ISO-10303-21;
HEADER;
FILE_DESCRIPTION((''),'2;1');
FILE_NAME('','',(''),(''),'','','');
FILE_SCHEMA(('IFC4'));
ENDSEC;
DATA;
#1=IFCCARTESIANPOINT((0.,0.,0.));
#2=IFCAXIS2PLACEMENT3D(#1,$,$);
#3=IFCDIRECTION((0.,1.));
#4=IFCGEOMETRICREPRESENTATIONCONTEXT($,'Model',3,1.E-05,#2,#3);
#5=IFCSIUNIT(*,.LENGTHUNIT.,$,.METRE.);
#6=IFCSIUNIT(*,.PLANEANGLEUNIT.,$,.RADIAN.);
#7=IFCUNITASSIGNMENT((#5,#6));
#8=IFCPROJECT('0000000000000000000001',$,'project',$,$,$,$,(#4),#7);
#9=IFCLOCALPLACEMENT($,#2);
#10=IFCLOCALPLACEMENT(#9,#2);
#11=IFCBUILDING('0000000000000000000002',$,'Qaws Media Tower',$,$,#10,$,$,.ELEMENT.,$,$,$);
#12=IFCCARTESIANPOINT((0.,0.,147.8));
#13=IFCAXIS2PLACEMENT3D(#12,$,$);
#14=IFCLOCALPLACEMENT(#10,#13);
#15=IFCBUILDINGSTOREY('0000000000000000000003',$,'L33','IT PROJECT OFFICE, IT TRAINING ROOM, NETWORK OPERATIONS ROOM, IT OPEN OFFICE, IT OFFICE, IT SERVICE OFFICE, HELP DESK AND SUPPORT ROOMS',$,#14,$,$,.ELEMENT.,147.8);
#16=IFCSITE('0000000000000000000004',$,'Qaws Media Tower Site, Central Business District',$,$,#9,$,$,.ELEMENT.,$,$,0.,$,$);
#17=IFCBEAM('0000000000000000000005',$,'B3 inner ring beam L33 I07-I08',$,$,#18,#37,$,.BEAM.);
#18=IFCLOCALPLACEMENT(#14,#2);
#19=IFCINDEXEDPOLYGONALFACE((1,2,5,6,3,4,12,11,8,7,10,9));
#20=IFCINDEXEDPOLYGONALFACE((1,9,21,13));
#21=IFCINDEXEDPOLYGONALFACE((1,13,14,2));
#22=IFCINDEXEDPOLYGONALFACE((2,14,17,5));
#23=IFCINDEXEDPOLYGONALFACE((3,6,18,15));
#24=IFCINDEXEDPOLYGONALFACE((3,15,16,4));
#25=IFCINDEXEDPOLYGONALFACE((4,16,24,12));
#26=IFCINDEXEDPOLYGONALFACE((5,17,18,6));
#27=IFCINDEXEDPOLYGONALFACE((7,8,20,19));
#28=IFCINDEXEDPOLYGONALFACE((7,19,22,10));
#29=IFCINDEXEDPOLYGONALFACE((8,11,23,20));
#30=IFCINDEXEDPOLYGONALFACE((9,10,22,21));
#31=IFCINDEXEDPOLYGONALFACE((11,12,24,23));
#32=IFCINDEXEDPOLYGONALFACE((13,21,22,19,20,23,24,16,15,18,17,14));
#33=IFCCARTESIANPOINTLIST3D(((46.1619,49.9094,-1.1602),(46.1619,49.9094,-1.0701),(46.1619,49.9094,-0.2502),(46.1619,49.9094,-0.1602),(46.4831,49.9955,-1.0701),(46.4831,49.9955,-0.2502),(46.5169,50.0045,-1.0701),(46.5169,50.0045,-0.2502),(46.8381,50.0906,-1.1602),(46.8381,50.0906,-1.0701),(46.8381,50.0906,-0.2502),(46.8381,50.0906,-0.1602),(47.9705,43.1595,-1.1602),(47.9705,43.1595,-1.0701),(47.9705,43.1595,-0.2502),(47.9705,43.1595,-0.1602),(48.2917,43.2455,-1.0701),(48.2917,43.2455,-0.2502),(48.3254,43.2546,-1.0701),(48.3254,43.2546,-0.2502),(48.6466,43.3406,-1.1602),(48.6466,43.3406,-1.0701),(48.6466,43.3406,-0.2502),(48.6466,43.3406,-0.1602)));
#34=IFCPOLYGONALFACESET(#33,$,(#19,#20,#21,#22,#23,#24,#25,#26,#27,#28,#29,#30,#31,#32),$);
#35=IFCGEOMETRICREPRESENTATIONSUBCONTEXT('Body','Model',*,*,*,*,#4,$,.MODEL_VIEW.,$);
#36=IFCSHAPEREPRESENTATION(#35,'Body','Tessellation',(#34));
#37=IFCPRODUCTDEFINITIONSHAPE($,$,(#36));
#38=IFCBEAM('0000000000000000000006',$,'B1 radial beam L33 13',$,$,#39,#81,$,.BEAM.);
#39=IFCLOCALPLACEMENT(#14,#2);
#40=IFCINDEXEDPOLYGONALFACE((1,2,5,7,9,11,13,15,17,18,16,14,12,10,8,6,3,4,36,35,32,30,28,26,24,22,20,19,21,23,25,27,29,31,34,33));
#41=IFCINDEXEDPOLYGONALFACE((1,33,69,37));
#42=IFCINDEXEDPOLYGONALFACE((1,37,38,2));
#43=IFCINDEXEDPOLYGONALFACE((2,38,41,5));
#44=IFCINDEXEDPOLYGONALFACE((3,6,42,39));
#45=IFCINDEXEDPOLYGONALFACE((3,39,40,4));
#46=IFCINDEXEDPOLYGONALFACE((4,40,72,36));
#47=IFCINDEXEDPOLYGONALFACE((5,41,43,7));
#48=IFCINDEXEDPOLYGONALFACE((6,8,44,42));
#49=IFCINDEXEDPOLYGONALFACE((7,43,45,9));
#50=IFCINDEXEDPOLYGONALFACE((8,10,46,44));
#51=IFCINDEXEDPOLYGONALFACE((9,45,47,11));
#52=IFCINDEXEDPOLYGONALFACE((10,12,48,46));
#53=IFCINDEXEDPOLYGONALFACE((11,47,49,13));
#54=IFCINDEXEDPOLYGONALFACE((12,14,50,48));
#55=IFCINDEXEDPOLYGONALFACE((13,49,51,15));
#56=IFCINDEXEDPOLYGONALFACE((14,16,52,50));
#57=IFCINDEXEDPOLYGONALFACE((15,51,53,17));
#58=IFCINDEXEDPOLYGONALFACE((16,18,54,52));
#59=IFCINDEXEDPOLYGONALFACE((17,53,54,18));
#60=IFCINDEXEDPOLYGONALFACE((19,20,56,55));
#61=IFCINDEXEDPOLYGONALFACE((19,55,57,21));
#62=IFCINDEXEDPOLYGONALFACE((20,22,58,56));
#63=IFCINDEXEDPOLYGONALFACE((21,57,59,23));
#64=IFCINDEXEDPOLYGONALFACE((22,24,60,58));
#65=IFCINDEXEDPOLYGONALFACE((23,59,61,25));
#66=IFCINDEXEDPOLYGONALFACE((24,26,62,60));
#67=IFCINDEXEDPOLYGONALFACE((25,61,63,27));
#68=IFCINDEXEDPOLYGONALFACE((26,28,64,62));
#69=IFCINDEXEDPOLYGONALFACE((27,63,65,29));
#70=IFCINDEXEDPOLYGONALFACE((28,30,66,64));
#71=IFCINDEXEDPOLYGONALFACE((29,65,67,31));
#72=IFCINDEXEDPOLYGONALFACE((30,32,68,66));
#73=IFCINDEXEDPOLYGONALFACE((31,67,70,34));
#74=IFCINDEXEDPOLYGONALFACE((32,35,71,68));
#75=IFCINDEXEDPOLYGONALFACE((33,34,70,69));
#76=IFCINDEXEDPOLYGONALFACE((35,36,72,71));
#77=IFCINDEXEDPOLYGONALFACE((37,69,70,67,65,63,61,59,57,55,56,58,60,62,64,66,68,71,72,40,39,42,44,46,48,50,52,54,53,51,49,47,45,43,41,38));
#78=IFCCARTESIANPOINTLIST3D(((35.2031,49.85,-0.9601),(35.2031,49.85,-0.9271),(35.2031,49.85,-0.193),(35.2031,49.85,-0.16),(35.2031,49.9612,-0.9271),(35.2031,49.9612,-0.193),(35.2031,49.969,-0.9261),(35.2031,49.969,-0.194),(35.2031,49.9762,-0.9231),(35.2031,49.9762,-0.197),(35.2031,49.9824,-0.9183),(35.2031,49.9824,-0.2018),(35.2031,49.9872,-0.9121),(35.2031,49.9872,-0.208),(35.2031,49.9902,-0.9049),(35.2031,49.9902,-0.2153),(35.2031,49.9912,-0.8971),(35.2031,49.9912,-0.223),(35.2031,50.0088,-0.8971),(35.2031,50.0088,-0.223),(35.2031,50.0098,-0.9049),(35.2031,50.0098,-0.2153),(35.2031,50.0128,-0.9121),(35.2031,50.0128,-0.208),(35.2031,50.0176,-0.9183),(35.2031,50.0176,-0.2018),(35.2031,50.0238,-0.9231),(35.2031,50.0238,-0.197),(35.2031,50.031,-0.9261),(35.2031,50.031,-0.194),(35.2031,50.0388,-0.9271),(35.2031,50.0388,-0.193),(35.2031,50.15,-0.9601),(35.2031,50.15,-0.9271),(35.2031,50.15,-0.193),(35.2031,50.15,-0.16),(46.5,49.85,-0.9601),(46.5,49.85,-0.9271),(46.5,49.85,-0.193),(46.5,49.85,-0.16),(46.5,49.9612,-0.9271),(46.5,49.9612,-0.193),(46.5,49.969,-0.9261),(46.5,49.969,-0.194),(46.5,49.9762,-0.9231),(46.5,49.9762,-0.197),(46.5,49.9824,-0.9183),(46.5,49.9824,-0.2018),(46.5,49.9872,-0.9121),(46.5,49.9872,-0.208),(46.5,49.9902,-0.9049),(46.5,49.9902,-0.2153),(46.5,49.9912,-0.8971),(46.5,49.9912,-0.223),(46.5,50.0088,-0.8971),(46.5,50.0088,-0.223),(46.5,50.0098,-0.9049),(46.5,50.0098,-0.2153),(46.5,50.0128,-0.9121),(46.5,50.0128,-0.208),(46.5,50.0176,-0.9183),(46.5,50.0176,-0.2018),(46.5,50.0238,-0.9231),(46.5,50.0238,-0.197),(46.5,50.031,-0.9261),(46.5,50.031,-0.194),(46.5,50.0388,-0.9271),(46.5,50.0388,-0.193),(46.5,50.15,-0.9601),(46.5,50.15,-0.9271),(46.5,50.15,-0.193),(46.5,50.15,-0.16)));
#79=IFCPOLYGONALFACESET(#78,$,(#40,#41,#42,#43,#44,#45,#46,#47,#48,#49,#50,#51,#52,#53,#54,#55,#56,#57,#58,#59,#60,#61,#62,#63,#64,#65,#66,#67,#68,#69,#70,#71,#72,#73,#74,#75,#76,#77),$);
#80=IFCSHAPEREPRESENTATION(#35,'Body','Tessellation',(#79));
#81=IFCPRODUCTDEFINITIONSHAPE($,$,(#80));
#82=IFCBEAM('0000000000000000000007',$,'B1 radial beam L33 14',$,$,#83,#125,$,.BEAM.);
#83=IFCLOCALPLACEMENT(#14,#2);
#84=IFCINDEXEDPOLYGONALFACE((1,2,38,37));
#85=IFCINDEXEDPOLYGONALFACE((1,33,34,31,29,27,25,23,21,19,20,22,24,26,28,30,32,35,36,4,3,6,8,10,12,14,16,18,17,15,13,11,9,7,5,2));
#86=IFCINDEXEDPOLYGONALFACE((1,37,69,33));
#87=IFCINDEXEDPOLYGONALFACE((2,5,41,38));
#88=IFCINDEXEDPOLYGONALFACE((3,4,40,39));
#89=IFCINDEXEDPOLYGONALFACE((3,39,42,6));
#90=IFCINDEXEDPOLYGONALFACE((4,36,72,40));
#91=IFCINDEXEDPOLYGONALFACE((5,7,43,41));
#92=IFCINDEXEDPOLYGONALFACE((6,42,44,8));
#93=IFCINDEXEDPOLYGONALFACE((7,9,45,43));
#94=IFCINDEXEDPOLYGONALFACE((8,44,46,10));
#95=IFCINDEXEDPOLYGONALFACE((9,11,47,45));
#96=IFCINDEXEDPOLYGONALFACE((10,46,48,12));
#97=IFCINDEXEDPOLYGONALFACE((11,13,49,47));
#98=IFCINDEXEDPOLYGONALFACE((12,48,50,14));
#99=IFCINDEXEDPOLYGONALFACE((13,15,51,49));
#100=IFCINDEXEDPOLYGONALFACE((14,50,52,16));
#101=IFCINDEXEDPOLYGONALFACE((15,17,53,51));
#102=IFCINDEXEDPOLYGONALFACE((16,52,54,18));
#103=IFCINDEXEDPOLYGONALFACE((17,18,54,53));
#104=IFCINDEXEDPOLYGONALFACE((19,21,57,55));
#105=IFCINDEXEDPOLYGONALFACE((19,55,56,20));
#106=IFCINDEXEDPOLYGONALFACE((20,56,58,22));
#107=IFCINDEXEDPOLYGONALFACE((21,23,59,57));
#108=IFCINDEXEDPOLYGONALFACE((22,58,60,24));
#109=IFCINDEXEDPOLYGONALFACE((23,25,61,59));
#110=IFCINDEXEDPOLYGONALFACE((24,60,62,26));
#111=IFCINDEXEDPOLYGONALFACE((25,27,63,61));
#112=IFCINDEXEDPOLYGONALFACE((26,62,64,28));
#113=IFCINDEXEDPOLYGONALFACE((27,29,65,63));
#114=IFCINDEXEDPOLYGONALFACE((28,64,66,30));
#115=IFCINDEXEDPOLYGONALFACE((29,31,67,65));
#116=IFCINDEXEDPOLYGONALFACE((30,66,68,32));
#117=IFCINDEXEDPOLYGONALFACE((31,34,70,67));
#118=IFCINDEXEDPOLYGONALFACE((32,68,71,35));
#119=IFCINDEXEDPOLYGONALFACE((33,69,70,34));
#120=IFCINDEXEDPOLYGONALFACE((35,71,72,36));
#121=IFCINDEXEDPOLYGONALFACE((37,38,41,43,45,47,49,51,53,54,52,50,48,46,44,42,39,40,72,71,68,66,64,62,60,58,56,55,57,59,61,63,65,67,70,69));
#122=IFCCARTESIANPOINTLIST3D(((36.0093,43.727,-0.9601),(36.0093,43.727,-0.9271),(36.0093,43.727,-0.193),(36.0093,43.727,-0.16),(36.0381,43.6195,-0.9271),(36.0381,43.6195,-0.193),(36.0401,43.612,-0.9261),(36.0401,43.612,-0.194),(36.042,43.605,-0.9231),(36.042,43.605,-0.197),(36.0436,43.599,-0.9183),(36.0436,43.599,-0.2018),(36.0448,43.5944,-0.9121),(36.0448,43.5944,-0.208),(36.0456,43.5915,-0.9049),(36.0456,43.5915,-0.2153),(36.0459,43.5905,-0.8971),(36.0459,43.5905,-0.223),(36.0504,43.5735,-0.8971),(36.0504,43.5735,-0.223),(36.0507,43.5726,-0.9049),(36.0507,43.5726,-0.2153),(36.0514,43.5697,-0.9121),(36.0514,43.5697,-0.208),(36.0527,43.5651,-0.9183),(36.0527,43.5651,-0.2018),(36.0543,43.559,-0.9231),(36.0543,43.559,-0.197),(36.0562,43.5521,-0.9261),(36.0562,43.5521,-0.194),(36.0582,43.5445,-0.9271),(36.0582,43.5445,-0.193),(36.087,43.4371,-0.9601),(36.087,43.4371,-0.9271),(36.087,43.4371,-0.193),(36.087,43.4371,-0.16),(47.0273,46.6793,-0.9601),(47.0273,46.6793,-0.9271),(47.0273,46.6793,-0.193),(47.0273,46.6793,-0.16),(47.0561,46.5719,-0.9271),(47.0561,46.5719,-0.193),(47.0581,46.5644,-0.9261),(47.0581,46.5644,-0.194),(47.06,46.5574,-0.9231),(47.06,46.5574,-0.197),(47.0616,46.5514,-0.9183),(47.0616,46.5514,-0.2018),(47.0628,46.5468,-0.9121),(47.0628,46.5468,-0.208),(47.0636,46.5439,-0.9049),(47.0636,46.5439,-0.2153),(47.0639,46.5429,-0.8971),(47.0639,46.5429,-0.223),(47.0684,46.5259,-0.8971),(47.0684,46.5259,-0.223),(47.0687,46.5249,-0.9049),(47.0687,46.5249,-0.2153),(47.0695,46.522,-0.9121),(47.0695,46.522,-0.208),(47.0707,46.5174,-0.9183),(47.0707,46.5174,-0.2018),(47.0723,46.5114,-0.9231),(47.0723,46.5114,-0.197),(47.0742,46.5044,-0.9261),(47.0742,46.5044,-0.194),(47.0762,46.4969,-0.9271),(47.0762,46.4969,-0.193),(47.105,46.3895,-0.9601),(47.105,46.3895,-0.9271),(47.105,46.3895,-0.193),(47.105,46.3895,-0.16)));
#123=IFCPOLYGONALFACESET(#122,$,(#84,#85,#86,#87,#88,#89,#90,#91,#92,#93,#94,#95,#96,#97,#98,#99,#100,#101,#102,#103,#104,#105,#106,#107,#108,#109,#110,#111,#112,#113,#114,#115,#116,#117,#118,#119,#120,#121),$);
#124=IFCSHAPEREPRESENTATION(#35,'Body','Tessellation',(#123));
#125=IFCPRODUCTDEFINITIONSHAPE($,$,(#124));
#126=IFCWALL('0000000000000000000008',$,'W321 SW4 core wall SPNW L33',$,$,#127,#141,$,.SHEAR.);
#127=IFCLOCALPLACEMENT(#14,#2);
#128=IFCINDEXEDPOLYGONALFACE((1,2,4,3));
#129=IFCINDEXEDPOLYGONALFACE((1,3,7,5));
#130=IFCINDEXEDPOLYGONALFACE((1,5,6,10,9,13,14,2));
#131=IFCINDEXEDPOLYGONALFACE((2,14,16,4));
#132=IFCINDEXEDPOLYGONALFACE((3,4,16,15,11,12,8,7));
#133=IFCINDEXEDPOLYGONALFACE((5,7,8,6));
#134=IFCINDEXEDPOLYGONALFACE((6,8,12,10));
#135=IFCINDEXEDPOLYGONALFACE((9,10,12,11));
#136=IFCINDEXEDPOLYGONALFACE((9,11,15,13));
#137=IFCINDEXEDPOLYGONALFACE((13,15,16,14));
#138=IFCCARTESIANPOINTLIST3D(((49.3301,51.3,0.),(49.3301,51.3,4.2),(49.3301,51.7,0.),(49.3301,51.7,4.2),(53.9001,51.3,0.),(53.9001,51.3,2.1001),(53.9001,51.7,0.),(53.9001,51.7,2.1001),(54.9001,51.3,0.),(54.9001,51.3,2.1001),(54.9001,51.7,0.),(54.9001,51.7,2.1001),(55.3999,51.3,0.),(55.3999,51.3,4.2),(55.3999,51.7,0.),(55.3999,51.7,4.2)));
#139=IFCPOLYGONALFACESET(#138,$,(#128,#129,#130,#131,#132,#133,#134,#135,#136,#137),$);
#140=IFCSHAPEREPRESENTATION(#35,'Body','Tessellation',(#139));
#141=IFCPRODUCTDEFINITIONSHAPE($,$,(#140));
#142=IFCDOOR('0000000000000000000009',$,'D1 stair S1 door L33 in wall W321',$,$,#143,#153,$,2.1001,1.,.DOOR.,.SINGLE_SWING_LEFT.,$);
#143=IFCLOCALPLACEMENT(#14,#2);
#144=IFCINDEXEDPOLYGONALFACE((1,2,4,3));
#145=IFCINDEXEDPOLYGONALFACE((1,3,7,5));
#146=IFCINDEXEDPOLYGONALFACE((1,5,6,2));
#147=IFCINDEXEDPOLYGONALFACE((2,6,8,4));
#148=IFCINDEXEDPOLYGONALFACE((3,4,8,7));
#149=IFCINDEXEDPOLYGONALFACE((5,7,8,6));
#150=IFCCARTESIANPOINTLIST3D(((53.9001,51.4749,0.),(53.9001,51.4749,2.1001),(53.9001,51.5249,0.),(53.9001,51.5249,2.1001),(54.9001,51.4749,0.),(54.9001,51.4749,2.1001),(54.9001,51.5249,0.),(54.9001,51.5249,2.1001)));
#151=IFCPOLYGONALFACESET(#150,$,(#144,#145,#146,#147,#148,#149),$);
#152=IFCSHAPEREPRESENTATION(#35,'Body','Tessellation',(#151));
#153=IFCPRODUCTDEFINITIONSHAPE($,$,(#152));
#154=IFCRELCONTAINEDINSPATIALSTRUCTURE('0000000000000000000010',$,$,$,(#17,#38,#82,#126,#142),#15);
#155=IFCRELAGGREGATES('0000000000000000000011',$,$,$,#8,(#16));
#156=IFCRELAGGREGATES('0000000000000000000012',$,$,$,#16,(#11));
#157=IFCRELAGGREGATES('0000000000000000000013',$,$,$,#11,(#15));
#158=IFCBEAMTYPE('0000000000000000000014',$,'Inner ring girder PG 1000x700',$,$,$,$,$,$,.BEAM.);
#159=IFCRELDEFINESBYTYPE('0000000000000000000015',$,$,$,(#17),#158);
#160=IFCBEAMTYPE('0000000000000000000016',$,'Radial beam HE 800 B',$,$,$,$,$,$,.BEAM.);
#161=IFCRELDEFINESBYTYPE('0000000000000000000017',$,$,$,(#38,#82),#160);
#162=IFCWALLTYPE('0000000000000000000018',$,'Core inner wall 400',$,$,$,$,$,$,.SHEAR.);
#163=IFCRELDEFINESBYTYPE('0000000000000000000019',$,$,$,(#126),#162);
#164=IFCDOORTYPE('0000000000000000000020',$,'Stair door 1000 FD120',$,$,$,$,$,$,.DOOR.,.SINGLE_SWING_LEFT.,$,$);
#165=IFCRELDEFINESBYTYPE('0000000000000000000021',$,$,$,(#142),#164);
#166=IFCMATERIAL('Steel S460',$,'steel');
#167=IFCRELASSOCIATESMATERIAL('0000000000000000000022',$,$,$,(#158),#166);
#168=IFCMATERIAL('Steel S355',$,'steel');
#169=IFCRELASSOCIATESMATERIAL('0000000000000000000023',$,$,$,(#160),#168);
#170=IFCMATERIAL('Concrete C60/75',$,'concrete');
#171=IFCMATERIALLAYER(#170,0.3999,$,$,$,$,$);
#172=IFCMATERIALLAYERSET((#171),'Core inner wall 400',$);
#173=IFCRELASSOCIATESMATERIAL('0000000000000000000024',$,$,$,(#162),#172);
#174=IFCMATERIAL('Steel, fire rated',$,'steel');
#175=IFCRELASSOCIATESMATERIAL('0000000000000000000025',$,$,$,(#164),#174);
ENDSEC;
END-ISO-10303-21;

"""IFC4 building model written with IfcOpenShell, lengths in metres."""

from ifc_helpers import new_model, si_unit, direction, frame, frame_2d, origin, origin_2d, place, context, subcontext, project, spatial, rectangle, i_section, extrude, material, layer, layer_set, material_profile, profile_set, type_object, element, fill, save


model = new_model("IFC4")

# Units and contexts
model_context = context("Model", 3, precision=1e-05, world=origin(), true_north=direction((0.0, 1.0)))
body_context = subcontext(model_context, "Body", "Model", "MODEL_VIEW")
ifc_project = project(units=[si_unit("LENGTHUNIT", "METRE"), si_unit("PLANEANGLEUNIT", "RADIAN")], contexts=[model_context])

# Site, building, storey
site_placement = place(None, origin())
site = spatial("IfcSite", under=ifc_project, at=site_placement, Name="Qaws Media Tower Site, Central Business District", CompositionType="ELEMENT", RefElevation=0.0)
building_placement = place(site_placement, origin())
building = spatial("IfcBuilding", under=site, at=building_placement, Name="Qaws Media Tower", CompositionType="ELEMENT")
storey_placement = place(building_placement, frame((0.0, 0.0, 147.8)))
storey = spatial("IfcBuildingStorey", under=building, at=storey_placement, Name="L33", Description="IT PROJECT OFFICE, IT TRAINING ROOM, NETWORK OPERATIONS ROOM, IT OPEN OFFICE, IT OFFICE, IT SERVICE OFFICE, HELP DESK AND SUPPORT ROOMS", CompositionType="ELEMENT", Elevation=147.8)

# Beams
ifc_material_1 = material(Name="Steel S460", Category="steel")
ifc_material_profile_1 = material_profile(ifc_material_1, i_section(OverallWidth=0.7, OverallDepth=1.0, WebThickness=0.0349, FlangeThickness=0.0901, at=origin_2d()), Name="PG 1000x700")
ifc_profile_set_1 = profile_set([ifc_material_profile_1], Name="Steel S460")
beam_type_1 = type_object("IfcBeamType", Name="Inner ring girder PG 1000x700", PredefinedType="BEAM", material=ifc_profile_set_1)
beam_1_placement = place(storey_placement, frame((46.5, 50.0, -0.6602), z_axis=(0.258811, -0.965928, 0.0), x_axis=(0.965928, 0.258811, 0.0)))
element("IfcBeam", 1, at=beam_1_placement, inside=storey, type_object=beam_type_1, Name="B3 inner ring beam L33 I07-I08", PredefinedType="BEAM", context=body_context, shape_type="SweptSolid", body=[
    extrude(i_section(OverallWidth=0.7, OverallDepth=1.0, WebThickness=0.0349, FlangeThickness=0.0901, at=origin_2d()), origin(), (0.0, 0.0, 1.0), 6.988),
])
ifc_material_2 = material(Name="Steel S355", Category="steel")
ifc_material_profile_2 = material_profile(ifc_material_2, i_section(OverallWidth=0.3, OverallDepth=0.8, WebThickness=0.0176, FlangeThickness=0.033, FilletRadius=0.03, at=origin_2d()), Name="HE 800 B")
ifc_profile_set_2 = profile_set([ifc_material_profile_2], Name="Steel S355")
beam_type_2 = type_object("IfcBeamType", Name="Radial beam HE 800 B", PredefinedType="BEAM", material=ifc_profile_set_2)
beam_2_placement = place(storey_placement, frame((46.5, 50.0, -0.5601), z_axis=(-1.0, 0.0, 0.0), x_axis=(0.0, -1.0, 0.0)))
element("IfcBeam", 2, at=beam_2_placement, inside=storey, type_object=beam_type_2, Name="B1 radial beam L33 13", PredefinedType="BEAM", context=body_context, shape_type="SweptSolid", body=[
    extrude(i_section(OverallWidth=0.3, OverallDepth=0.8, WebThickness=0.0176, FlangeThickness=0.033, FilletRadius=0.03, at=origin_2d()), origin(), (0.0, 0.0, 1.0), 11.2969),
])
beam_3_placement = place(storey_placement, frame((47.0662, 46.5344, -0.5601), z_axis=(-0.965923, -0.258828, 0.0), x_axis=(0.258828, -0.965923, 0.0)))
element("IfcBeam", 3, at=beam_3_placement, inside=storey, type_object=beam_type_2, Name="B1 radial beam L33 14", PredefinedType="BEAM", context=body_context, shape_type="SweptSolid", body=[
    extrude(i_section(OverallWidth=0.3, OverallDepth=0.8, WebThickness=0.0176, FlangeThickness=0.033, FilletRadius=0.03, at=origin_2d()), origin(), (0.0, 0.0, 1.0), 11.4067),
])

# Wall, opening, door
ifc_material_3 = material(Name="Concrete C60/75", Category="concrete")
ifc_layer_1 = layer(ifc_material_3, 0.3999)
ifc_layer_set_1 = layer_set([ifc_layer_1], Name="Core inner wall 400")
wall_type_1 = type_object("IfcWallType", Name="Core inner wall 400", PredefinedType="SHEAR", material=ifc_layer_set_1)
wall_1_placement = place(storey_placement, frame((49.3301, 51.5, 0.0), z_axis=(0.0, 0.0, 1.0), x_axis=(1.0, 0.0, 0.0)))
wall_1 = element("IfcWall", 4, at=wall_1_placement, inside=storey, type_object=wall_type_1, Name="W321 SW4 core wall SPNW L33", PredefinedType="SHEAR", context=body_context, shape_type="SweptSolid", body=[
    extrude(rectangle(XDim=6.0698, YDim=0.3999, at=frame_2d((3.0349, 0.0))), origin(), (0.0, 0.0, 1.0), 4.2),
])
opening_1_placement = place(wall_1_placement, frame((4.5701, 0.0, 0.0)))
opening_1 = element("IfcOpeningElement", 5, at=opening_1_placement, cuts=wall_1, PredefinedType="OPENING", context=body_context, shape_type="SweptSolid", body=[
    extrude(rectangle(XDim=1.0, YDim=2.1001, at=frame_2d((0.5, 1.05))), frame((0.0, 0.21, 0.0), z_axis=(0.0, -1.0, 0.0), x_axis=(1.0, 0.0, 0.0)), (0.0, 0.0, 1.0), 0.4199),
])
ifc_material_4 = material(Name="Steel, fire rated", Category="steel")
door_type_1 = type_object("IfcDoorType", Name="Stair door 1000 FD120", OperationType="SINGLE_SWING_LEFT", PredefinedType="DOOR", material=ifc_material_4)
door_1_placement = place(opening_1_placement, origin())
door_1 = element("IfcDoor", 6, at=door_1_placement, inside=storey, type_object=door_type_1, Name="D1 stair S1 door L33 in wall W321", OperationType="SINGLE_SWING_LEFT", OverallHeight=2.1001, OverallWidth=1.0, PredefinedType="DOOR", context=body_context, shape_type="SweptSolid", body=[
    extrude(rectangle(XDim=1.0, YDim=2.1001, at=frame_2d((0.5, 1.05))), frame((0.0, 0.0249, 0.0), z_axis=(0.0, -1.0, 0.0), x_axis=(1.0, 0.0, 0.0)), (0.0, 0.0, 1.0), 0.05),
])
fill(opening_1, door_1)

save(model, "model.ifc")
